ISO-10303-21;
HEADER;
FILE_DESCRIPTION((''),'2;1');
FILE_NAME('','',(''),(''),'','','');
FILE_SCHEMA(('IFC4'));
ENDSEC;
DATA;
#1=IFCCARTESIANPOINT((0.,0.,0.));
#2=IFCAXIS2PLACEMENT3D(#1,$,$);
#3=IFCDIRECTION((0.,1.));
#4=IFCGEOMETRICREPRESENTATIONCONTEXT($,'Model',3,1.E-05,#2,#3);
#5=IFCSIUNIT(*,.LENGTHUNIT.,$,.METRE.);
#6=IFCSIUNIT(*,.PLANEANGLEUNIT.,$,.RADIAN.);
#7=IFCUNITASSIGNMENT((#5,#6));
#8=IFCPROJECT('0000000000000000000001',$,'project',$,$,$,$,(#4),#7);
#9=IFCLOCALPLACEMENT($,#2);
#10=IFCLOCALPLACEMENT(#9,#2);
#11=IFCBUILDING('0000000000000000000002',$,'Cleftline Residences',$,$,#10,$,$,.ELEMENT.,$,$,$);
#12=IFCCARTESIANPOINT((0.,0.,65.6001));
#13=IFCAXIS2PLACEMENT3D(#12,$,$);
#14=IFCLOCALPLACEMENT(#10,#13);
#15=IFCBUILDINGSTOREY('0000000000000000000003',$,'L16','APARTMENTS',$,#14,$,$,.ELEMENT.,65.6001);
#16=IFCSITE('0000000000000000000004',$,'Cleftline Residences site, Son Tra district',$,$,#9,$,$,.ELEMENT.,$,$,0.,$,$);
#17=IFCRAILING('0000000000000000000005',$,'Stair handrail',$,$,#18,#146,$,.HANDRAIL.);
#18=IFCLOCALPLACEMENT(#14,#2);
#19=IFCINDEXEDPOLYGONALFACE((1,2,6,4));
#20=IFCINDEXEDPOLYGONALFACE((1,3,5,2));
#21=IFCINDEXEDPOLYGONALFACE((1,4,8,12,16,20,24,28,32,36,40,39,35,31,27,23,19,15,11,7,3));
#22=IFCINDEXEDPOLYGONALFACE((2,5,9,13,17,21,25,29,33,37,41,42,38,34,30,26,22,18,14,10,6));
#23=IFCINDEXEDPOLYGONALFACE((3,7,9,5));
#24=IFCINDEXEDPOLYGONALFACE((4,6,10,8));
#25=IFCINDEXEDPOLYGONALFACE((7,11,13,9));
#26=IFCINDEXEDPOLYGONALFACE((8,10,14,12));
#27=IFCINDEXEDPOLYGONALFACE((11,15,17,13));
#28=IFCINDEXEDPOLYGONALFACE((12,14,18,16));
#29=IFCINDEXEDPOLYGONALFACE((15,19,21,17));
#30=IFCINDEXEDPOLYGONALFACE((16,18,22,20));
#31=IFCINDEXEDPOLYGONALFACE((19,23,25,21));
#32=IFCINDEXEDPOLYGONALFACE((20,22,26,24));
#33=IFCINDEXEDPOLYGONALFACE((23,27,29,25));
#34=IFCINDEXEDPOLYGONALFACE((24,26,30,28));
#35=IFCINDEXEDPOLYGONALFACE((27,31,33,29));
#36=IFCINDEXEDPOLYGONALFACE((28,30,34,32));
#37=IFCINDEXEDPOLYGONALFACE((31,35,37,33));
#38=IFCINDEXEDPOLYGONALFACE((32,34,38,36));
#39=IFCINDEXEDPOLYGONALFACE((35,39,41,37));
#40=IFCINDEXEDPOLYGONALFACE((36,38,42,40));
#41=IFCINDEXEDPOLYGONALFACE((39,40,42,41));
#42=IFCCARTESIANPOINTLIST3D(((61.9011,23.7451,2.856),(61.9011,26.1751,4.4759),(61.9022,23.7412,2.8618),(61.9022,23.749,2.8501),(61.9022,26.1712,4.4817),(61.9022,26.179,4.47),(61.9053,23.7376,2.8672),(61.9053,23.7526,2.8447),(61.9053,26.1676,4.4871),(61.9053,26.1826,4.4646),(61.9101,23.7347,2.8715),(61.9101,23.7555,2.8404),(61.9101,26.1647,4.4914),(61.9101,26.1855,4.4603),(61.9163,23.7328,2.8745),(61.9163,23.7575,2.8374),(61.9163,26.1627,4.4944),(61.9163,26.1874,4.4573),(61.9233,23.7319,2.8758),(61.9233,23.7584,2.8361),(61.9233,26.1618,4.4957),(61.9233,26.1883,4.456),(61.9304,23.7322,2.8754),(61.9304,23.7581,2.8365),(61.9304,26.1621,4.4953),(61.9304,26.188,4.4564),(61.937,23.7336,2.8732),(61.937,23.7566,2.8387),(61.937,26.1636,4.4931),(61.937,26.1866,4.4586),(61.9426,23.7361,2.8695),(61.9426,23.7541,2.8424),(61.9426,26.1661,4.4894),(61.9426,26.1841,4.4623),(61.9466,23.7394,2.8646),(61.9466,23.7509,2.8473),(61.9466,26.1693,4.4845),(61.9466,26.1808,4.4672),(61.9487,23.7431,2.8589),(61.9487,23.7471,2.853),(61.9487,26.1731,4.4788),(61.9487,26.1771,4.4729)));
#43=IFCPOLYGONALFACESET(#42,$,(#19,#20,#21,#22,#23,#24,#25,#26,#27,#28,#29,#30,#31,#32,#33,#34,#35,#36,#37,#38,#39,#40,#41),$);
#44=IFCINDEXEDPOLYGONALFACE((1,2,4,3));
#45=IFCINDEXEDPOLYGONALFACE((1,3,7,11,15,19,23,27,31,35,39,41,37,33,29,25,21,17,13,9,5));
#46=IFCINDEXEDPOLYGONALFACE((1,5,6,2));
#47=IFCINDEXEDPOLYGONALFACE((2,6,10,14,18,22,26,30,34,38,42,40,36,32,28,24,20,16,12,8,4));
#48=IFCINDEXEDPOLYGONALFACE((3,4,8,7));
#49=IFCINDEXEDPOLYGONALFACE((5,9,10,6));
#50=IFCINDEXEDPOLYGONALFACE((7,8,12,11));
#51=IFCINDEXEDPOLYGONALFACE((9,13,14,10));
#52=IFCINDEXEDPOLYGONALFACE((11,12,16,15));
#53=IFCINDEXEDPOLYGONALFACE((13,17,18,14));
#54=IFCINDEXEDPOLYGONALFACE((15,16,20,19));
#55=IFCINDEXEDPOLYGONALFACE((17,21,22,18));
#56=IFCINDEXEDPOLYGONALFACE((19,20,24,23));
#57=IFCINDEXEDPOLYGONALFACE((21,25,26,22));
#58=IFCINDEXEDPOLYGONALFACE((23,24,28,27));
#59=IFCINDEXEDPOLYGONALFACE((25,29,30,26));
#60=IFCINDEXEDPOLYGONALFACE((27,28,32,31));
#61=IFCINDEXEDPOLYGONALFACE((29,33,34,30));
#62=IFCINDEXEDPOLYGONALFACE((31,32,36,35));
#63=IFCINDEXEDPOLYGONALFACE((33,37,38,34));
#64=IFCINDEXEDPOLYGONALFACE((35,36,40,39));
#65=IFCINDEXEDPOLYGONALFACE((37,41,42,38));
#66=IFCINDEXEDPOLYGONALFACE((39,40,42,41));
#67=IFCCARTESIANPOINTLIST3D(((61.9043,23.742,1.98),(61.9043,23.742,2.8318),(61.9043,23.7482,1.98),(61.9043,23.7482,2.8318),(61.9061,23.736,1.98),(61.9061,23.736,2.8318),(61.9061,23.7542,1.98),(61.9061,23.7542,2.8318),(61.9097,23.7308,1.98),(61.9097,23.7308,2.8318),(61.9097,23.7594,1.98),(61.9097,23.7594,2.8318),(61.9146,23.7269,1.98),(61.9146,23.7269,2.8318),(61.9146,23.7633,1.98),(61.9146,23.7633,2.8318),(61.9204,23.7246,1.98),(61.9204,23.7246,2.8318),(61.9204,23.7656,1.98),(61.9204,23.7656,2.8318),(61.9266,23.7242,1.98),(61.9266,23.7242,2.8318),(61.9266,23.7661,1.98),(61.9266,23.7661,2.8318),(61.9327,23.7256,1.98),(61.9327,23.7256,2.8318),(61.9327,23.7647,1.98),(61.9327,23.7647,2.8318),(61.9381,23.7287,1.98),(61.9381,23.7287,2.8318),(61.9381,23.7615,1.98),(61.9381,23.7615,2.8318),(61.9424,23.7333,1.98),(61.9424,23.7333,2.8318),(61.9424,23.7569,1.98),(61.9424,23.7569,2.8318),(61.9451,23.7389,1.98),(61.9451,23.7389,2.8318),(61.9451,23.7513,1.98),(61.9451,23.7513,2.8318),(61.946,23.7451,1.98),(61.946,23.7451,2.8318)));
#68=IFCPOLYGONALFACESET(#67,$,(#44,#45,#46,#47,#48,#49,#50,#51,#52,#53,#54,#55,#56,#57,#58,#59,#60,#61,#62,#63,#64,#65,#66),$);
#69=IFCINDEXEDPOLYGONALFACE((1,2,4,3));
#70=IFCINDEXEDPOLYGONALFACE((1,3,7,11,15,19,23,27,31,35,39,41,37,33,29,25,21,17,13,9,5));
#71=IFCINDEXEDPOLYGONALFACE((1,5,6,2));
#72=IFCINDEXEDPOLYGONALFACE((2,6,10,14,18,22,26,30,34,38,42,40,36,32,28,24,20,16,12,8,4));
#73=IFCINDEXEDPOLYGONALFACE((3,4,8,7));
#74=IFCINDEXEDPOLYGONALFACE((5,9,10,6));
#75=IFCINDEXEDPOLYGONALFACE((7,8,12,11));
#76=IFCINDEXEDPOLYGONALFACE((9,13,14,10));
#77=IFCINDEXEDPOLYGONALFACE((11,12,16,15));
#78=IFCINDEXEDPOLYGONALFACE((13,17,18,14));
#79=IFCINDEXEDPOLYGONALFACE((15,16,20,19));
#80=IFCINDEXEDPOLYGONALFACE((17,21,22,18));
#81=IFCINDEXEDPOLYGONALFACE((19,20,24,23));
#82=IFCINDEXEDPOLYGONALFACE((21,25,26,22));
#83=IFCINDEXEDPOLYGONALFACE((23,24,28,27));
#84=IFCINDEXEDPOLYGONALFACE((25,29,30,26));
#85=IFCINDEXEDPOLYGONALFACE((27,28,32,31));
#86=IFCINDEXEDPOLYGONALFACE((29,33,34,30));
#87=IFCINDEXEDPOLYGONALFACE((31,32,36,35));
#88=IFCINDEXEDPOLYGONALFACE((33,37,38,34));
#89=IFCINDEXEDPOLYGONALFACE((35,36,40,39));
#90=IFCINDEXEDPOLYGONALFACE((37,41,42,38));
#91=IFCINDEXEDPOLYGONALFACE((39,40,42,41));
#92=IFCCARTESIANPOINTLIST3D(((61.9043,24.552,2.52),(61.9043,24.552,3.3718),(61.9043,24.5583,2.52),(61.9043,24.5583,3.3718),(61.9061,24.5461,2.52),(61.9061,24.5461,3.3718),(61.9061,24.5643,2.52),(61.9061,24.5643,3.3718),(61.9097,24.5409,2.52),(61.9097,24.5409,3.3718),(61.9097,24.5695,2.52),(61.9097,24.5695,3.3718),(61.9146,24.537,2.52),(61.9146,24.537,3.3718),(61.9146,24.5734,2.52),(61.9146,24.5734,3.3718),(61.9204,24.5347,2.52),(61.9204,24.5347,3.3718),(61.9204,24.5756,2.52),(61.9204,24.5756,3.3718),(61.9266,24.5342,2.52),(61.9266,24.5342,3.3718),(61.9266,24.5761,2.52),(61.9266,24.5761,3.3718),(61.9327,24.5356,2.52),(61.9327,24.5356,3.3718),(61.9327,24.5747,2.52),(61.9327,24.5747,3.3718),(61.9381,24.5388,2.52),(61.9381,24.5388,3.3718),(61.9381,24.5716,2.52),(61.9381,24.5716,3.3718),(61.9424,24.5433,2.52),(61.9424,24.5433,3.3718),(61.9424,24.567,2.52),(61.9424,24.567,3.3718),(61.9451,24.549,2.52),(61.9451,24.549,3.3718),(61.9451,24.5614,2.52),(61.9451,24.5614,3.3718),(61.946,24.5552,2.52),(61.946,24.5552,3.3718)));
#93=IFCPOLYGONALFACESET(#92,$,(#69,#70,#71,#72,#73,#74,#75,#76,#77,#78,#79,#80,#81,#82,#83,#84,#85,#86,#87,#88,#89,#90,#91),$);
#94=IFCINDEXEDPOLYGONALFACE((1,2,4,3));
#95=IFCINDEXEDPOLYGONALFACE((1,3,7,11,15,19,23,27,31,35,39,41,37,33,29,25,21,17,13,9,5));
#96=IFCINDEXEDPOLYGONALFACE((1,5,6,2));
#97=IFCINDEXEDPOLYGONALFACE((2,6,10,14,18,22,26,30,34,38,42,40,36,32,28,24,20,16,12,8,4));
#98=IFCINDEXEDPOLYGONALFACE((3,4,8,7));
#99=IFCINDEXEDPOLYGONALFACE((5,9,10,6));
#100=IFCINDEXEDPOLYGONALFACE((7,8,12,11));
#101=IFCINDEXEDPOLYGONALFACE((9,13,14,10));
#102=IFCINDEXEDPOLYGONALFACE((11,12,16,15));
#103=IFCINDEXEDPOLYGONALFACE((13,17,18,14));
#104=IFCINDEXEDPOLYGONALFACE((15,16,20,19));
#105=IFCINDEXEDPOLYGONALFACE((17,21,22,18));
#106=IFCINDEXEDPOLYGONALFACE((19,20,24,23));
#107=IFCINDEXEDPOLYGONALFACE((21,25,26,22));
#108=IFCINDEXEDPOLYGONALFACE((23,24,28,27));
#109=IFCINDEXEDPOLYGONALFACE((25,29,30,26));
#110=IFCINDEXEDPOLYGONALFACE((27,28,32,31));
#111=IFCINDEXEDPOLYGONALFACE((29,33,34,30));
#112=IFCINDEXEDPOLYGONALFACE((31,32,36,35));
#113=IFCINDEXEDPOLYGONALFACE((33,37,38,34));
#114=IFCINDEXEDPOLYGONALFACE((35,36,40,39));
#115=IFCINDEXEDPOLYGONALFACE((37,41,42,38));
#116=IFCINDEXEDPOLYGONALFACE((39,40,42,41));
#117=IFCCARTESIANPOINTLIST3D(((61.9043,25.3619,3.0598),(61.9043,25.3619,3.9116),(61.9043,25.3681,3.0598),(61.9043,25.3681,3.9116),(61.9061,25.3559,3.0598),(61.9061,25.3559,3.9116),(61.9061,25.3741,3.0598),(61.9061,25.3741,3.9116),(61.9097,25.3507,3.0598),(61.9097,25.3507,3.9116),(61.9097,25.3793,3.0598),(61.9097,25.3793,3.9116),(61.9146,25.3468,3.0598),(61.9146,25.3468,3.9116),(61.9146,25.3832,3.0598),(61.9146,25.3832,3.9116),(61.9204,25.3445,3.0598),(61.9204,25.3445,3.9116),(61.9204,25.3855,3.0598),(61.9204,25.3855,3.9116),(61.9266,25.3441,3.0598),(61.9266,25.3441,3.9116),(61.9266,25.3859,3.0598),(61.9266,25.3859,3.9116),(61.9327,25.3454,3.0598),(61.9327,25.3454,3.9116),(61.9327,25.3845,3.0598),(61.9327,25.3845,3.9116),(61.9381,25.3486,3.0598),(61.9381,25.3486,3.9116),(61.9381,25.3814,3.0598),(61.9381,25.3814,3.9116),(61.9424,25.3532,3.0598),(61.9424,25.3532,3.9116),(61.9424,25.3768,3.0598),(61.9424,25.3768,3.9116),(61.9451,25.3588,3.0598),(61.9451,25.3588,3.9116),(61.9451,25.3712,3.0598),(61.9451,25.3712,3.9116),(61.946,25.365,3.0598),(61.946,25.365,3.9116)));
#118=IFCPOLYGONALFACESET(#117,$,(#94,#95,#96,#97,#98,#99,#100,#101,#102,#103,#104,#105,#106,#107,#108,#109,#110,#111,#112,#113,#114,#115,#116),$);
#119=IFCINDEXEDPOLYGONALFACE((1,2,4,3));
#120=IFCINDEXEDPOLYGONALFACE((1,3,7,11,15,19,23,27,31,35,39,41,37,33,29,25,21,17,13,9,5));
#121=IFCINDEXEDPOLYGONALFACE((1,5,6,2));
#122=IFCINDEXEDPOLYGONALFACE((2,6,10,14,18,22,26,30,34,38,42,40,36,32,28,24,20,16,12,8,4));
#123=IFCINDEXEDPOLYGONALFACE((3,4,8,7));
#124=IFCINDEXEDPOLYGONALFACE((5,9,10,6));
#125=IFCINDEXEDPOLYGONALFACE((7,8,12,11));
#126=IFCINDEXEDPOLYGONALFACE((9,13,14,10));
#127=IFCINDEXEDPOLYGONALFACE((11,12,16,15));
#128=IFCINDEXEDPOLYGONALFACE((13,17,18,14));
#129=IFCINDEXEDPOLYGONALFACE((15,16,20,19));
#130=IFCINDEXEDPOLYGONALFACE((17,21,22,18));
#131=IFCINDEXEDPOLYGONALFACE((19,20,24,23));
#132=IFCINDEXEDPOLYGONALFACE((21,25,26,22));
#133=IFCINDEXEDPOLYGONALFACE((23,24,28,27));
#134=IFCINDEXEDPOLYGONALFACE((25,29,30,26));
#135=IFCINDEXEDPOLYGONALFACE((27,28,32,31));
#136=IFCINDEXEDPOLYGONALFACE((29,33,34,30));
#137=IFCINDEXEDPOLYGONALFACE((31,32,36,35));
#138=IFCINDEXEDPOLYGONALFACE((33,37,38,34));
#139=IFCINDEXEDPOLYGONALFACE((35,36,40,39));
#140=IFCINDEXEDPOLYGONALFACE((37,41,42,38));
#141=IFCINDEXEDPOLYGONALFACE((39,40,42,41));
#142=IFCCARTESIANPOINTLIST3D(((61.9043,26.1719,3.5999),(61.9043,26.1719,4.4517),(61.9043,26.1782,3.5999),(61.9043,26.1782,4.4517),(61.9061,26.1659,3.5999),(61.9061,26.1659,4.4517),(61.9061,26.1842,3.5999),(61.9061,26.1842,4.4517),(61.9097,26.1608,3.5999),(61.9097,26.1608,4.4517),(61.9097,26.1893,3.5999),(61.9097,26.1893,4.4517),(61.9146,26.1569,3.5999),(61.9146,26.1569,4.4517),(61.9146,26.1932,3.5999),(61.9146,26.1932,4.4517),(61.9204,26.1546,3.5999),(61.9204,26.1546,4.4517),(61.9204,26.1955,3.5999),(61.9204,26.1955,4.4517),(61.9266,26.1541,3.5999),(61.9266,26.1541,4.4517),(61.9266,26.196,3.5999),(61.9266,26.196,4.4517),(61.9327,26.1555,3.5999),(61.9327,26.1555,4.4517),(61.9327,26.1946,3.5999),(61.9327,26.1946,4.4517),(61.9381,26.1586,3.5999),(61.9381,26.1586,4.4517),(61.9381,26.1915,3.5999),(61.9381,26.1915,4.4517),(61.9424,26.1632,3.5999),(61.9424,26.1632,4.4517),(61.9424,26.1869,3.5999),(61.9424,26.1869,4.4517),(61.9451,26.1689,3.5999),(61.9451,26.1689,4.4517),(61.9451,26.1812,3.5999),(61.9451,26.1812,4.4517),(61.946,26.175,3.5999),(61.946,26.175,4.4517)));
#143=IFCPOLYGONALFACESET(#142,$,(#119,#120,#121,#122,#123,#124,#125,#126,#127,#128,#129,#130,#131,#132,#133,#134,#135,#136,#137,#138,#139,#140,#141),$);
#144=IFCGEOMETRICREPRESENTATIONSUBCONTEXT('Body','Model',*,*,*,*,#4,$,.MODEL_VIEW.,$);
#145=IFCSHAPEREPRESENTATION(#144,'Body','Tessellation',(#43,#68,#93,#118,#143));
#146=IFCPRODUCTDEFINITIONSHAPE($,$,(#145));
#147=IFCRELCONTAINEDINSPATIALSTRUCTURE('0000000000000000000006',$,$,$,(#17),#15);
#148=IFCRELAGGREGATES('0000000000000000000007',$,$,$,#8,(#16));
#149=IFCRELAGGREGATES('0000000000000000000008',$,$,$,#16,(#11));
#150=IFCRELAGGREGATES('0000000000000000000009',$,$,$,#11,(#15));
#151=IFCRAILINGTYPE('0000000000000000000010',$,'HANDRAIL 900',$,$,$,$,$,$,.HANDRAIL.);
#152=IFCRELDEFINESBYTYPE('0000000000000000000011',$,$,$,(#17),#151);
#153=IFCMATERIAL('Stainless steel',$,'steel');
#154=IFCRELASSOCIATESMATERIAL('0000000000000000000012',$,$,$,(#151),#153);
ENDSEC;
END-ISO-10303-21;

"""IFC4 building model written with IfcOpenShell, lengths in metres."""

from ifc_helpers import new_model, si_unit, direction, frame, origin, origin_2d, place, context, subcontext, project, spatial, circle, extrude, material, type_object, element, save


model = new_model("IFC4")

# Units and contexts
model_context = context("Model", 3, precision=1e-05, world=origin(), true_north=direction((0.0, 1.0)))
body_context = subcontext(model_context, "Body", "Model", "MODEL_VIEW")
ifc_project = project(units=[si_unit("LENGTHUNIT", "METRE"), si_unit("PLANEANGLEUNIT", "RADIAN")], contexts=[model_context])

# Site, building, storey
site_placement = place(None, origin())
site = spatial("IfcSite", under=ifc_project, at=site_placement, Name="Cleftline Residences site, Son Tra district", CompositionType="ELEMENT", RefElevation=0.0)
building_placement = place(site_placement, origin())
building = spatial("IfcBuilding", under=site, at=building_placement, Name="Cleftline Residences", CompositionType="ELEMENT")
storey_placement = place(building_placement, frame((0.0, 0.0, 65.6001)))
storey = spatial("IfcBuildingStorey", under=building, at=storey_placement, Name="L16", Description="APARTMENTS", CompositionType="ELEMENT", Elevation=65.6001)

# Railing
ifc_material_1 = material(Name="Stainless steel", Category="steel")
railing_type = type_object("IfcRailingType", Name="HANDRAIL 900", PredefinedType="HANDRAIL", material=ifc_material_1)
railing_placement = place(storey_placement, frame((61.925, 23.7451, 1.98)))
element("IfcRailing", 1, at=railing_placement, inside=storey, type_object=railing_type, Name="Stair handrail", PredefinedType="HANDRAIL", context=body_context, shape_type="SweptSolid", body=[
    extrude(circle(Radius=0.0239, at=origin_2d()), frame((0.0, 0.0, 0.876), z_axis=(0.0, 0.832063, 0.554681), x_axis=(-1.0, 0.0, 0.0)), (0.0, 0.0, 1.0), 2.9204),
    extrude(circle(Radius=0.021, at=origin_2d()), origin(), (0.0, 0.0, 1.0), 0.8518),
    extrude(circle(Radius=0.021, at=origin_2d()), frame((0.0, 0.8101, 0.54)), (0.0, 0.0, 1.0), 0.8518),
    extrude(circle(Radius=0.021, at=origin_2d()), frame((0.0, 1.6199, 1.0798)), (0.0, 0.0, 1.0), 0.8518),
    extrude(circle(Radius=0.021, at=origin_2d()), frame((0.0, 2.4299, 1.6199)), (0.0, 0.0, 1.0), 0.8518),
])

save(model, "model.ifc")
